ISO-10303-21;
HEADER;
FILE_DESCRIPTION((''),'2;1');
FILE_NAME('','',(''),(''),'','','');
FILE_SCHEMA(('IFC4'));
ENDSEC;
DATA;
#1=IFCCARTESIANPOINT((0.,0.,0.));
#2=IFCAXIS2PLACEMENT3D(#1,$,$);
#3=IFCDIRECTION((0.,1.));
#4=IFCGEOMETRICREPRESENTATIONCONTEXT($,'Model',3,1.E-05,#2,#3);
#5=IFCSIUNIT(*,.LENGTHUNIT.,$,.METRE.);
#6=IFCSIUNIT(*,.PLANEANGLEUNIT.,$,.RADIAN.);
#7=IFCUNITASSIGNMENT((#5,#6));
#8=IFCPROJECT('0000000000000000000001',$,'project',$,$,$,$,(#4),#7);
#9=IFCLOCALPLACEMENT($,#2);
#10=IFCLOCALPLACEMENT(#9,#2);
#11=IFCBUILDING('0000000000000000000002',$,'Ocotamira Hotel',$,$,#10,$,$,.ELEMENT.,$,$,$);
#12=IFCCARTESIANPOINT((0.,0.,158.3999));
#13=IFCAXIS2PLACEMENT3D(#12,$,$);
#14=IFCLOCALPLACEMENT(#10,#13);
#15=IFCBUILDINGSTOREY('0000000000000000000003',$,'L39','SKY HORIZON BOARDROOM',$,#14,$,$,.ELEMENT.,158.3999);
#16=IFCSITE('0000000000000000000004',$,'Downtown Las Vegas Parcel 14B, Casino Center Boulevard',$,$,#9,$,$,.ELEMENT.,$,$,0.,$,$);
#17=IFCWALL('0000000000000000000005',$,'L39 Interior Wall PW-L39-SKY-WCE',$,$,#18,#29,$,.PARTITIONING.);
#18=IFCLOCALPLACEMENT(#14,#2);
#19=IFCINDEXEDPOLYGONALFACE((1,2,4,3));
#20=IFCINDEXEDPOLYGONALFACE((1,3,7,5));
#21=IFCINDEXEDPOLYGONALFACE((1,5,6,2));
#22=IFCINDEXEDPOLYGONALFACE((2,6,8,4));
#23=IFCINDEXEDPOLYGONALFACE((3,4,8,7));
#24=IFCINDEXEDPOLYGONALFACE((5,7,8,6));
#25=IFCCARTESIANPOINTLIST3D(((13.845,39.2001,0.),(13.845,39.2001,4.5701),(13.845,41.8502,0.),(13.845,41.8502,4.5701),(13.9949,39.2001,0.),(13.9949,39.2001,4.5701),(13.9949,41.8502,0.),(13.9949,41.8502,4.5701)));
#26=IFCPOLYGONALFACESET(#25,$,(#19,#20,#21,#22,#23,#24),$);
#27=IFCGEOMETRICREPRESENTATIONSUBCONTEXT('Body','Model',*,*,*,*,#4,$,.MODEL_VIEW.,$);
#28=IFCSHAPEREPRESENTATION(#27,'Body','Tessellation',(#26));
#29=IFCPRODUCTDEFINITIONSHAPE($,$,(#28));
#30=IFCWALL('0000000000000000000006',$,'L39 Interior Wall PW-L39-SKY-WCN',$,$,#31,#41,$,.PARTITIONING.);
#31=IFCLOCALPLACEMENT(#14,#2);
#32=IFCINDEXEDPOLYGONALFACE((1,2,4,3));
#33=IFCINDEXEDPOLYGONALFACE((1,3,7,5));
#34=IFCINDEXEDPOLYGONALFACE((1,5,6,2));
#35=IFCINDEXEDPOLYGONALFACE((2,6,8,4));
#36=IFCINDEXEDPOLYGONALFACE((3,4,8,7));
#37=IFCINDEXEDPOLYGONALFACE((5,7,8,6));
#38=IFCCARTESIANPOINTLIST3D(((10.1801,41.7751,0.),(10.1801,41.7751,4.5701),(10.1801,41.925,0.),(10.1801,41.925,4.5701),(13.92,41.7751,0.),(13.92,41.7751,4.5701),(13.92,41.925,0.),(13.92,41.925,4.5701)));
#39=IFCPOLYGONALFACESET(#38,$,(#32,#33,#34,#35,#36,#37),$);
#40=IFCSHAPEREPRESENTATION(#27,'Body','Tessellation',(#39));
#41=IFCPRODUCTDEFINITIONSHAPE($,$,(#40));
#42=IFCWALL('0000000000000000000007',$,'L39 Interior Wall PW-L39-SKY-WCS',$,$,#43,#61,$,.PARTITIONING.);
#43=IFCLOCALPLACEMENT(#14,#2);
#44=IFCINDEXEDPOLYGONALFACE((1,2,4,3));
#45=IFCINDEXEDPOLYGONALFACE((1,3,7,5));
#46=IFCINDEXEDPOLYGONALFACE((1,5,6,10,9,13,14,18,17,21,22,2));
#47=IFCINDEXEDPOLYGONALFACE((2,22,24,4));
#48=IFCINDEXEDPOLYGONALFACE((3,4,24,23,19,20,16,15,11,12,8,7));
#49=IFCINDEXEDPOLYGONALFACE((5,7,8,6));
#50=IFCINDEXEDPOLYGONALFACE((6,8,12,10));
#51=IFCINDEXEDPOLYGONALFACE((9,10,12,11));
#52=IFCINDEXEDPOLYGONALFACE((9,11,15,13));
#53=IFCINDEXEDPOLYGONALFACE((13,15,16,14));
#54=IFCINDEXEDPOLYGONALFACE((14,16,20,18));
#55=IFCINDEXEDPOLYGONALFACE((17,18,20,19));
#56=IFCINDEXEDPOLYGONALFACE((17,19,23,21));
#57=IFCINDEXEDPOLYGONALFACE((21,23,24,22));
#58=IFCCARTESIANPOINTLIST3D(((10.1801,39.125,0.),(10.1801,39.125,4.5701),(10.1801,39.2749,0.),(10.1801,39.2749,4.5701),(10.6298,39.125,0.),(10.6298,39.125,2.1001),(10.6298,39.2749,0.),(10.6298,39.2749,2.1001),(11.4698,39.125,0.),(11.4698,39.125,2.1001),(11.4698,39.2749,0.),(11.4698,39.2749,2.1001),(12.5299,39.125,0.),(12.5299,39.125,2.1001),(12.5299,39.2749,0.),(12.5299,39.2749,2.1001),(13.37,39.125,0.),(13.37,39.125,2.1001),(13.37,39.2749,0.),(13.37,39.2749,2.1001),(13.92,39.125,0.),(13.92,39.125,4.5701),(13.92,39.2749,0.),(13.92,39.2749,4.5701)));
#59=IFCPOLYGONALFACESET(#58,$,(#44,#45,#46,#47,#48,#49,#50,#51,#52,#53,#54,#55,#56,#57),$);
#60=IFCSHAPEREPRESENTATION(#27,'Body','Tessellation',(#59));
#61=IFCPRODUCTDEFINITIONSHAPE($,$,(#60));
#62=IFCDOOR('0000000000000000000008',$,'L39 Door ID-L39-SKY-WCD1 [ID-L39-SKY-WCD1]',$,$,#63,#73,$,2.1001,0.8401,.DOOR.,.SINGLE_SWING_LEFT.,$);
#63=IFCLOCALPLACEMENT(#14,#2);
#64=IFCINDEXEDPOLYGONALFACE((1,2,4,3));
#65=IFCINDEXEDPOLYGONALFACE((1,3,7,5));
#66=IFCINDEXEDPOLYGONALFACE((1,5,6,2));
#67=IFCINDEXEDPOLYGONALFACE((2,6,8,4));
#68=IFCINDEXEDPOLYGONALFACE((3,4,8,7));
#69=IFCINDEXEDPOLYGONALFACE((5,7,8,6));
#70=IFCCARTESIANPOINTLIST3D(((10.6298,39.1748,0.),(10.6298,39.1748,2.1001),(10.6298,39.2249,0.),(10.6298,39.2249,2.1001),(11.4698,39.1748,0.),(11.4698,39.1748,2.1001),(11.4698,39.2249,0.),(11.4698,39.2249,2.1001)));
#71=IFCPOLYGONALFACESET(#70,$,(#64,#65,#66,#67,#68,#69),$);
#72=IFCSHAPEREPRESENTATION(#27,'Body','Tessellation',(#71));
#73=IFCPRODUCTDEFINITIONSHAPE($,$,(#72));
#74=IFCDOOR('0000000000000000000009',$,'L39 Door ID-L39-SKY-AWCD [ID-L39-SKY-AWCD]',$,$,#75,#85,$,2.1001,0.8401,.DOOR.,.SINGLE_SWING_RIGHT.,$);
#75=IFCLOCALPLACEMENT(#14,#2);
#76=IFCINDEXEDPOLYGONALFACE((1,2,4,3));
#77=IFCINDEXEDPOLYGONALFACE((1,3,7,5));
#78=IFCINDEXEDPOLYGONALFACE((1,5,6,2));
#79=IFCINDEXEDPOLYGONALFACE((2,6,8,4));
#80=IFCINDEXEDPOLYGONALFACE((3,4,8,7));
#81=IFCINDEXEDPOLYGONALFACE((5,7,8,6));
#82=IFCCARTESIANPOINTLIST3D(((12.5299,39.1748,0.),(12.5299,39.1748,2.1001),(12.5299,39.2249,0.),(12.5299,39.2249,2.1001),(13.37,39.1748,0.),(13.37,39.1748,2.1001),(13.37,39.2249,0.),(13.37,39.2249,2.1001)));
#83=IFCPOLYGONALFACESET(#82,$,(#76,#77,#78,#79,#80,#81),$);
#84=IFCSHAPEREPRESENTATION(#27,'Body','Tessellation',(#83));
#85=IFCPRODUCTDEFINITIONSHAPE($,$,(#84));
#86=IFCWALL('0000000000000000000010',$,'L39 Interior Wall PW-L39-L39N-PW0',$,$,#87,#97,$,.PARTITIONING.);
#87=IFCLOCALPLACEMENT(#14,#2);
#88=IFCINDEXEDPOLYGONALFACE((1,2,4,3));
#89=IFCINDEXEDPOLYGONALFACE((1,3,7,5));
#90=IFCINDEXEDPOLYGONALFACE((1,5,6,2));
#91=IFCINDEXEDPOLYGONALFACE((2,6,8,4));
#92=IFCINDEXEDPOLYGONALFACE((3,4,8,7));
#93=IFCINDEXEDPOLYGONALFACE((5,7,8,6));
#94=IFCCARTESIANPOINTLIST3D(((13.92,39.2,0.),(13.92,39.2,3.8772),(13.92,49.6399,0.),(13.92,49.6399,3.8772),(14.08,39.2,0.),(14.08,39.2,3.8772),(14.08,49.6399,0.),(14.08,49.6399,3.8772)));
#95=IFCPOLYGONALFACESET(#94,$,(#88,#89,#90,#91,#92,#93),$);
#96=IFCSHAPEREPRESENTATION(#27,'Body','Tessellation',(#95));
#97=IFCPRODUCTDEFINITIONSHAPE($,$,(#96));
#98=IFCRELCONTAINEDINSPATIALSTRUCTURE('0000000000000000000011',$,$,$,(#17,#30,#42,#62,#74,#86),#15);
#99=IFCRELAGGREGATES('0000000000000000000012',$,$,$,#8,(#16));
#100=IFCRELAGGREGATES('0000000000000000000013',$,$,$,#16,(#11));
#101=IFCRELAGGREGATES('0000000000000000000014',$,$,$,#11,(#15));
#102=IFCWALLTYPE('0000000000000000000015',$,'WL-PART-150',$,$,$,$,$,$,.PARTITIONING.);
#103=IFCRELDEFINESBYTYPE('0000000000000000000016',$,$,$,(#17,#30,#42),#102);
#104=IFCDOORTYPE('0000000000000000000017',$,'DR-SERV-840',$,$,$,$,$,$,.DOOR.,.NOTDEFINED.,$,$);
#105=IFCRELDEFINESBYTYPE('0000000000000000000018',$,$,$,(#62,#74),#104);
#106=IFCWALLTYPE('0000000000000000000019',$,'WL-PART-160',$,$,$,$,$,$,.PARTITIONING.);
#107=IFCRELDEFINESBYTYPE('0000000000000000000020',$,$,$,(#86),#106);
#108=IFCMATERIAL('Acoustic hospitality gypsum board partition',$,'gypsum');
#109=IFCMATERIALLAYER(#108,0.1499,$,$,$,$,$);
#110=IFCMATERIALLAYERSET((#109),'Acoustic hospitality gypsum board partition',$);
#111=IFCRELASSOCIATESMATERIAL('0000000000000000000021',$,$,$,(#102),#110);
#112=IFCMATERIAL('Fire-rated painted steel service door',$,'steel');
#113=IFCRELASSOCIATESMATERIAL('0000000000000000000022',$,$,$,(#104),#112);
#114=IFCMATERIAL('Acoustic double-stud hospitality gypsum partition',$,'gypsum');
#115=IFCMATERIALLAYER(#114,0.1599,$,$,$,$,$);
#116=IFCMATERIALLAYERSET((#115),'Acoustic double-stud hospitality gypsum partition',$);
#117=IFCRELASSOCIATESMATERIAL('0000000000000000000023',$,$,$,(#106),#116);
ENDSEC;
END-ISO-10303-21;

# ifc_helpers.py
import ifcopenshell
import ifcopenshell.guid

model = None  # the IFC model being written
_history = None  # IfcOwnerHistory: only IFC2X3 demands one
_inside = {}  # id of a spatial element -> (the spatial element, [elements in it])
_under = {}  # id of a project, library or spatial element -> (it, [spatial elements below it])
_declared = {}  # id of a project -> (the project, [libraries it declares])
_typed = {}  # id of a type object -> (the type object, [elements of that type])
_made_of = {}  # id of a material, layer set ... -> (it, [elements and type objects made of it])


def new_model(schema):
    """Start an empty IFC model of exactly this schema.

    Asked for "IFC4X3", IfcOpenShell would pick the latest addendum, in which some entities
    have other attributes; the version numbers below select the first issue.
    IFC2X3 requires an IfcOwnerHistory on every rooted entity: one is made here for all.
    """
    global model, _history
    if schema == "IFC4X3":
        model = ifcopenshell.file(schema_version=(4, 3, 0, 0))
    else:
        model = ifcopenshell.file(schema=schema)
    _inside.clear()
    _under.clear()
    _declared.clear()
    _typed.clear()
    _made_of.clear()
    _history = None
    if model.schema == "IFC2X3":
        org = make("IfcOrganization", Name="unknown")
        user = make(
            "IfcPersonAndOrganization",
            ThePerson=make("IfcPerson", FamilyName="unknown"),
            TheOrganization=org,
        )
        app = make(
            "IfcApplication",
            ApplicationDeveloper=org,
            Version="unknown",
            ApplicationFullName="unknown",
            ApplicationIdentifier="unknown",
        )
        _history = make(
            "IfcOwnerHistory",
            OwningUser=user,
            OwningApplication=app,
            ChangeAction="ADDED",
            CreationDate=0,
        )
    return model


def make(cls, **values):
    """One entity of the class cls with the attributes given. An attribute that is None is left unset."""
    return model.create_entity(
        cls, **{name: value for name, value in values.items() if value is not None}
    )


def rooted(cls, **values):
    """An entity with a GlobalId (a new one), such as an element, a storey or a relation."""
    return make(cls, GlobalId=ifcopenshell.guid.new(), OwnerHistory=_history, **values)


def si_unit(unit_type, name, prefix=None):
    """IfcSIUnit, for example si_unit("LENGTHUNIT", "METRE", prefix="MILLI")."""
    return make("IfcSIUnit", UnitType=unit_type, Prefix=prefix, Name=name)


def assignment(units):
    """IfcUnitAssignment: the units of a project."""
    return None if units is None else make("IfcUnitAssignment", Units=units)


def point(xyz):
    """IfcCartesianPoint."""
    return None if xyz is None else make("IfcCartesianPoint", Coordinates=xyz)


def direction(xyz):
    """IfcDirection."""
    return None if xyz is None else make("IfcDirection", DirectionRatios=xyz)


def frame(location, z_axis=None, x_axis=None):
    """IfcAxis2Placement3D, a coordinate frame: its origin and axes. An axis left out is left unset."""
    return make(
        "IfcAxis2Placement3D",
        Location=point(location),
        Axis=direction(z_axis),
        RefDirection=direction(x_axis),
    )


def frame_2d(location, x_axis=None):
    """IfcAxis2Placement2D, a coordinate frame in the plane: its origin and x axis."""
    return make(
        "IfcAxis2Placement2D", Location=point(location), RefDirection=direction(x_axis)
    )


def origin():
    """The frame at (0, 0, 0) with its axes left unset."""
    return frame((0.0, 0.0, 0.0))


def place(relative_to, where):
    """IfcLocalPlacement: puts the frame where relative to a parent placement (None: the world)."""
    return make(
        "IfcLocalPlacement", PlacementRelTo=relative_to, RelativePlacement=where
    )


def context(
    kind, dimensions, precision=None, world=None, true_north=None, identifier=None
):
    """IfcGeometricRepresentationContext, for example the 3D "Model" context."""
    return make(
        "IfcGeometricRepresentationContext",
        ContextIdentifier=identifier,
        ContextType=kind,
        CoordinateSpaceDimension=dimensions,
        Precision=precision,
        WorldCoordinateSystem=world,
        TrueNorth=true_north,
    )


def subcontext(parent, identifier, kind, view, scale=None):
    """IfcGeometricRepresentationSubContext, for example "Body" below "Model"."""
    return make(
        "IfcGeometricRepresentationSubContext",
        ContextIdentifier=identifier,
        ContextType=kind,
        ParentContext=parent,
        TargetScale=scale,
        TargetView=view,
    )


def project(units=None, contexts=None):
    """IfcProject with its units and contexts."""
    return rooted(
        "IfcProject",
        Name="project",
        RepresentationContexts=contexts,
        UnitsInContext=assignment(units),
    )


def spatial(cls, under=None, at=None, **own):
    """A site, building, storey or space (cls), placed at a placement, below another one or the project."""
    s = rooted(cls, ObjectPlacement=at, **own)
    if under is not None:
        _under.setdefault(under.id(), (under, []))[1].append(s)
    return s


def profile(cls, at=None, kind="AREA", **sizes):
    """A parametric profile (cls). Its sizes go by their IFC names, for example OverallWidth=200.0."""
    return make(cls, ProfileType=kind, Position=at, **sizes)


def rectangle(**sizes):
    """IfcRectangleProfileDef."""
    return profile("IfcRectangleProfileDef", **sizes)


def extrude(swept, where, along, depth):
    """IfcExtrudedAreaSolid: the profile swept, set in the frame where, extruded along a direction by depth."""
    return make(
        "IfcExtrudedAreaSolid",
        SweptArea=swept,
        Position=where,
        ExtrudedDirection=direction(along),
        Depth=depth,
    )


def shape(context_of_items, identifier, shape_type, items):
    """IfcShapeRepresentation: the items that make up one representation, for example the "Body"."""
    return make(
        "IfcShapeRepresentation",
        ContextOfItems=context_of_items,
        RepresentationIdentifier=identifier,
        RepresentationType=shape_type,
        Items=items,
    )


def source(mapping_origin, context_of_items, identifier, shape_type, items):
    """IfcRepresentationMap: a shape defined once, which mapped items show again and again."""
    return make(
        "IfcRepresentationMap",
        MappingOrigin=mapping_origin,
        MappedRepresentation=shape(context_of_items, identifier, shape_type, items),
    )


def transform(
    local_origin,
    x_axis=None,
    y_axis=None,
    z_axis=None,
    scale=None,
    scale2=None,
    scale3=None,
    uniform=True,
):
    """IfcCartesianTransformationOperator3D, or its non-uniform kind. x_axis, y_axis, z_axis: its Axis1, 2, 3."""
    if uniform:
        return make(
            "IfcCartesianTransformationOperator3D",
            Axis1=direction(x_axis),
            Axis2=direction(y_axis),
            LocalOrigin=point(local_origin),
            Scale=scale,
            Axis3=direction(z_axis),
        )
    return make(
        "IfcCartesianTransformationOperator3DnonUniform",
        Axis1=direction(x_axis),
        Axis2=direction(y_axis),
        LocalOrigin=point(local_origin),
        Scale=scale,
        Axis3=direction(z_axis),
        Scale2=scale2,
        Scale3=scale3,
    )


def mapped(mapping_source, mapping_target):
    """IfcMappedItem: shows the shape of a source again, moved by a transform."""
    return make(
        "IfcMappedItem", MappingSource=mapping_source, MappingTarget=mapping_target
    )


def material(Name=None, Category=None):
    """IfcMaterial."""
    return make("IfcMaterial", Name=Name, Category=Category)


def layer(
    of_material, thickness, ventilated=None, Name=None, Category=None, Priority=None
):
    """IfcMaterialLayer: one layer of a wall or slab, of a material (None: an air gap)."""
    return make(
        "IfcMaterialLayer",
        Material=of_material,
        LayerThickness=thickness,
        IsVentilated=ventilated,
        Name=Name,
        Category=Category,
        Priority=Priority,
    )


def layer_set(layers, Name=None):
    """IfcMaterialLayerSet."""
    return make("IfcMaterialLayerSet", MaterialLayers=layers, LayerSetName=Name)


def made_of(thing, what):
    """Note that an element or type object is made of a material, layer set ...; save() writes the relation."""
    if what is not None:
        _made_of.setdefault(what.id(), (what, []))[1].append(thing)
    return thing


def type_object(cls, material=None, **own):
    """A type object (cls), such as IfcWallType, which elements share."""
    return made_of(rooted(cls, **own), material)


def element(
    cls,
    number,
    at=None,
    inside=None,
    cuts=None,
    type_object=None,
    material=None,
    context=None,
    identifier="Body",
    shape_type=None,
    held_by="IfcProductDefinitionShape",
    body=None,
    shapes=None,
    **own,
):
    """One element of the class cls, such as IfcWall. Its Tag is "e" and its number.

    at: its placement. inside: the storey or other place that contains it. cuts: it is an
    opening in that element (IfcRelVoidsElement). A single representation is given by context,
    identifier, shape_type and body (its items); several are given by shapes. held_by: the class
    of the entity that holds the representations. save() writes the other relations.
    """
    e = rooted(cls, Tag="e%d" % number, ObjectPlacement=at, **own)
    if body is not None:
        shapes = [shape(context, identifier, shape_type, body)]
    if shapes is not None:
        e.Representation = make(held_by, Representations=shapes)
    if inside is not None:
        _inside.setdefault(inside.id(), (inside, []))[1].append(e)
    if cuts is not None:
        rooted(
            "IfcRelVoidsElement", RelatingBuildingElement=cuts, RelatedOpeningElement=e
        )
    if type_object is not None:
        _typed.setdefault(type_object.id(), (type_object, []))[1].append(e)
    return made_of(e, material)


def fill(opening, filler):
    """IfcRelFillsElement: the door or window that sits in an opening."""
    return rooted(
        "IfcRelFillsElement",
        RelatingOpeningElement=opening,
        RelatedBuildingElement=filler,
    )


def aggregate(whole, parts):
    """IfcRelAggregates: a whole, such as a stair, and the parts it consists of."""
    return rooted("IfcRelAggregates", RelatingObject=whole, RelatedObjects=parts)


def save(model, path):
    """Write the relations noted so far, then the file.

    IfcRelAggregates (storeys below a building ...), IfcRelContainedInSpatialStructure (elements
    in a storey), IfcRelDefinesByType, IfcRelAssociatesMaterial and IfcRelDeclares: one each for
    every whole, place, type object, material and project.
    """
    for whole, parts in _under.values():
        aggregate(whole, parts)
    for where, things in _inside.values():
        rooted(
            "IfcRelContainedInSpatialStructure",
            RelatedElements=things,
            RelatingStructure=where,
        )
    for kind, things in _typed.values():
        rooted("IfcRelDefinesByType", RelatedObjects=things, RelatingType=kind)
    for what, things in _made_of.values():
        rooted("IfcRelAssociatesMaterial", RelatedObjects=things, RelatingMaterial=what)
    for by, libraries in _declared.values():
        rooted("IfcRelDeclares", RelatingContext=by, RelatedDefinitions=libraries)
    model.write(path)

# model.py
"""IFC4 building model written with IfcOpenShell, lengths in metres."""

from ifc_helpers import new_model, si_unit, direction, frame, frame_2d, origin, place, context, subcontext, project, spatial, rectangle, extrude, source, transform, mapped, material, layer, layer_set, type_object, element, fill, save


model = new_model("IFC4")

# Units and contexts
model_context = context("Model", 3, precision=1e-05, world=origin(), true_north=direction((0.0, 1.0)))
body_context = subcontext(model_context, "Body", "Model", "MODEL_VIEW")
ifc_project = project(units=[si_unit("LENGTHUNIT", "METRE"), si_unit("PLANEANGLEUNIT", "RADIAN")], contexts=[model_context])

# Site, building, storey
site_placement = place(None, origin())
site = spatial("IfcSite", under=ifc_project, at=site_placement, Name="Downtown Las Vegas Parcel 14B, Casino Center Boulevard", CompositionType="ELEMENT", RefElevation=0.0)
building_placement = place(site_placement, origin())
building = spatial("IfcBuilding", under=site, at=building_placement, Name="Ocotamira Hotel", CompositionType="ELEMENT")
storey_placement = place(building_placement, frame((0.0, 0.0, 158.3999)))
storey = spatial("IfcBuildingStorey", under=building, at=storey_placement, Name="L39", Description="SKY HORIZON BOARDROOM", CompositionType="ELEMENT", Elevation=158.3999)

# Walls
ifc_material_1 = material(Name="Acoustic hospitality gypsum board partition", Category="gypsum")
ifc_layer_1 = layer(ifc_material_1, 0.1499)
ifc_layer_set_1 = layer_set([ifc_layer_1], Name="Acoustic hospitality gypsum board partition")
wall_type_1 = type_object("IfcWallType", Name="WL-PART-150", PredefinedType="PARTITIONING", material=ifc_layer_set_1)
for number, where, z_axis, x_axis, name in (
    (1, (13.9199, 39.2, 0.0), (0.0, 0.0, 1.0), (0.0, 1.0, 0.0), "L39 Interior Wall PW-L39-SKY-WCE"),
):
    element("IfcWall", number, at=place(storey_placement, frame(where, z_axis=z_axis, x_axis=x_axis)), inside=storey, type_object=wall_type_1, Name=name, PredefinedType="PARTITIONING", context=body_context, shape_type="SweptSolid", body=[
        extrude(rectangle(XDim=2.6501, YDim=0.1499, at=frame_2d((1.3252, 0.0))), origin(), (0.0, 0.0, 1.0), 4.5701),
    ])
wall_1_placement = place(storey_placement, frame((10.1799, 41.8501, 0.0), z_axis=(0.0, 0.0, 1.0), x_axis=(1.0, 0.0, 0.0)))
element("IfcWall", 2, at=wall_1_placement, inside=storey, type_object=wall_type_1, Name="L39 Interior Wall PW-L39-SKY-WCN", PredefinedType="PARTITIONING", context=body_context, shape_type="SweptSolid", body=[
    extrude(rectangle(XDim=3.74, YDim=0.1499, at=frame_2d((1.8701, 0.0))), origin(), (0.0, 0.0, 1.0), 4.5701),
])

# Wall, openings, doors
wall_2_placement = place(storey_placement, frame((10.1799, 39.2, 0.0), z_axis=(0.0, 0.0, 1.0), x_axis=(1.0, 0.0, 0.0)))
wall_2 = element("IfcWall", 3, at=wall_2_placement, inside=storey, type_object=wall_type_1, Name="L39 Interior Wall PW-L39-SKY-WCS", PredefinedType="PARTITIONING", context=body_context, shape_type="SweptSolid", body=[
    extrude(rectangle(XDim=3.74, YDim=0.1499, at=frame_2d((1.8701, 0.0))), origin(), (0.0, 0.0, 1.0), 4.5701),
])
opening_1_placement = place(wall_2_placement, frame((0.45, 0.0, 0.0)))
opening_1 = element("IfcOpeningElement", 4, at=opening_1_placement, cuts=wall_2, PredefinedType="OPENING", context=body_context, shape_type="SweptSolid", body=[
    extrude(rectangle(XDim=0.8401, YDim=2.1001, at=frame_2d((0.4199, 1.05))), frame((0.0, 0.085, 0.0), z_axis=(0.0, -1.0, 0.0), x_axis=(1.0, 0.0, 0.0)), (0.0, 0.0, 1.0), 0.1699),
])
opening_2_placement = place(wall_2_placement, frame((2.3501, 0.0, 0.0)))
opening_2 = element("IfcOpeningElement", 5, at=opening_2_placement, cuts=wall_2, PredefinedType="OPENING", context=body_context, shape_type="SweptSolid", body=[
    extrude(rectangle(XDim=0.8401, YDim=2.1001, at=frame_2d((0.4199, 1.05))), frame((0.0, 0.085, 0.0), z_axis=(0.0, -1.0, 0.0), x_axis=(1.0, 0.0, 0.0)), (0.0, 0.0, 1.0), 0.1699),
])
ifc_material_2 = material(Name="Fire-rated painted steel service door", Category="steel")
door_type_1 = type_object("IfcDoorType", Name="DR-SERV-840", OperationType="NOTDEFINED", PredefinedType="DOOR", material=ifc_material_2)
shared_shape_1 = source(origin(), body_context, "Body", "SweptSolid", [
    extrude(rectangle(XDim=0.8401, YDim=2.1001, at=frame_2d((0.4199, 1.05))), frame((0.0, 0.0249, 0.0), z_axis=(0.0, -1.0, 0.0), x_axis=(1.0, 0.0, 0.0)), (0.0, 0.0, 1.0), 0.05),
])
door_1_placement = place(opening_1_placement, origin())
door_1 = element("IfcDoor", 6, at=door_1_placement, inside=storey, type_object=door_type_1, Name="L39 Door ID-L39-SKY-WCD1 [ID-L39-SKY-WCD1]", OperationType="SINGLE_SWING_LEFT", OverallHeight=2.1001, OverallWidth=0.8401, PredefinedType="DOOR", context=body_context, shape_type="MappedRepresentation", body=[
    mapped(shared_shape_1, transform((0.0, 0.0, 0.0), scale=1.0)),
])
fill(opening_1, door_1)
door_2_placement = place(opening_2_placement, origin())
door_2 = element("IfcDoor", 7, at=door_2_placement, inside=storey, type_object=door_type_1, Name="L39 Door ID-L39-SKY-AWCD [ID-L39-SKY-AWCD]", OperationType="SINGLE_SWING_RIGHT", OverallHeight=2.1001, OverallWidth=0.8401, PredefinedType="DOOR", context=body_context, shape_type="MappedRepresentation", body=[
    mapped(shared_shape_1, transform((0.0, 0.0, 0.0), scale=1.0)),
])
fill(opening_2, door_2)

# Wall
ifc_material_3 = material(Name="Acoustic double-stud hospitality gypsum partition", Category="gypsum")
ifc_layer_2 = layer(ifc_material_3, 0.1599)
ifc_layer_set_2 = layer_set([ifc_layer_2], Name="Acoustic double-stud hospitality gypsum partition")
wall_type_2 = type_object("IfcWallType", Name="WL-PART-160", PredefinedType="PARTITIONING", material=ifc_layer_set_2)
wall_3_placement = place(storey_placement, frame((14.0, 39.2, 0.0), z_axis=(0.0, 0.0, 1.0), x_axis=(0.0, 1.0, 0.0)))
element("IfcWall", 8, at=wall_3_placement, inside=storey, type_object=wall_type_2, Name="L39 Interior Wall PW-L39-L39N-PW0", PredefinedType="PARTITIONING", context=body_context, shape_type="SweptSolid", body=[
    extrude(rectangle(XDim=10.4399, YDim=0.1599, at=frame_2d((5.22, 0.0))), origin(), (0.0, 0.0, 1.0), 3.8772),
])

save(model, "model.ifc")
